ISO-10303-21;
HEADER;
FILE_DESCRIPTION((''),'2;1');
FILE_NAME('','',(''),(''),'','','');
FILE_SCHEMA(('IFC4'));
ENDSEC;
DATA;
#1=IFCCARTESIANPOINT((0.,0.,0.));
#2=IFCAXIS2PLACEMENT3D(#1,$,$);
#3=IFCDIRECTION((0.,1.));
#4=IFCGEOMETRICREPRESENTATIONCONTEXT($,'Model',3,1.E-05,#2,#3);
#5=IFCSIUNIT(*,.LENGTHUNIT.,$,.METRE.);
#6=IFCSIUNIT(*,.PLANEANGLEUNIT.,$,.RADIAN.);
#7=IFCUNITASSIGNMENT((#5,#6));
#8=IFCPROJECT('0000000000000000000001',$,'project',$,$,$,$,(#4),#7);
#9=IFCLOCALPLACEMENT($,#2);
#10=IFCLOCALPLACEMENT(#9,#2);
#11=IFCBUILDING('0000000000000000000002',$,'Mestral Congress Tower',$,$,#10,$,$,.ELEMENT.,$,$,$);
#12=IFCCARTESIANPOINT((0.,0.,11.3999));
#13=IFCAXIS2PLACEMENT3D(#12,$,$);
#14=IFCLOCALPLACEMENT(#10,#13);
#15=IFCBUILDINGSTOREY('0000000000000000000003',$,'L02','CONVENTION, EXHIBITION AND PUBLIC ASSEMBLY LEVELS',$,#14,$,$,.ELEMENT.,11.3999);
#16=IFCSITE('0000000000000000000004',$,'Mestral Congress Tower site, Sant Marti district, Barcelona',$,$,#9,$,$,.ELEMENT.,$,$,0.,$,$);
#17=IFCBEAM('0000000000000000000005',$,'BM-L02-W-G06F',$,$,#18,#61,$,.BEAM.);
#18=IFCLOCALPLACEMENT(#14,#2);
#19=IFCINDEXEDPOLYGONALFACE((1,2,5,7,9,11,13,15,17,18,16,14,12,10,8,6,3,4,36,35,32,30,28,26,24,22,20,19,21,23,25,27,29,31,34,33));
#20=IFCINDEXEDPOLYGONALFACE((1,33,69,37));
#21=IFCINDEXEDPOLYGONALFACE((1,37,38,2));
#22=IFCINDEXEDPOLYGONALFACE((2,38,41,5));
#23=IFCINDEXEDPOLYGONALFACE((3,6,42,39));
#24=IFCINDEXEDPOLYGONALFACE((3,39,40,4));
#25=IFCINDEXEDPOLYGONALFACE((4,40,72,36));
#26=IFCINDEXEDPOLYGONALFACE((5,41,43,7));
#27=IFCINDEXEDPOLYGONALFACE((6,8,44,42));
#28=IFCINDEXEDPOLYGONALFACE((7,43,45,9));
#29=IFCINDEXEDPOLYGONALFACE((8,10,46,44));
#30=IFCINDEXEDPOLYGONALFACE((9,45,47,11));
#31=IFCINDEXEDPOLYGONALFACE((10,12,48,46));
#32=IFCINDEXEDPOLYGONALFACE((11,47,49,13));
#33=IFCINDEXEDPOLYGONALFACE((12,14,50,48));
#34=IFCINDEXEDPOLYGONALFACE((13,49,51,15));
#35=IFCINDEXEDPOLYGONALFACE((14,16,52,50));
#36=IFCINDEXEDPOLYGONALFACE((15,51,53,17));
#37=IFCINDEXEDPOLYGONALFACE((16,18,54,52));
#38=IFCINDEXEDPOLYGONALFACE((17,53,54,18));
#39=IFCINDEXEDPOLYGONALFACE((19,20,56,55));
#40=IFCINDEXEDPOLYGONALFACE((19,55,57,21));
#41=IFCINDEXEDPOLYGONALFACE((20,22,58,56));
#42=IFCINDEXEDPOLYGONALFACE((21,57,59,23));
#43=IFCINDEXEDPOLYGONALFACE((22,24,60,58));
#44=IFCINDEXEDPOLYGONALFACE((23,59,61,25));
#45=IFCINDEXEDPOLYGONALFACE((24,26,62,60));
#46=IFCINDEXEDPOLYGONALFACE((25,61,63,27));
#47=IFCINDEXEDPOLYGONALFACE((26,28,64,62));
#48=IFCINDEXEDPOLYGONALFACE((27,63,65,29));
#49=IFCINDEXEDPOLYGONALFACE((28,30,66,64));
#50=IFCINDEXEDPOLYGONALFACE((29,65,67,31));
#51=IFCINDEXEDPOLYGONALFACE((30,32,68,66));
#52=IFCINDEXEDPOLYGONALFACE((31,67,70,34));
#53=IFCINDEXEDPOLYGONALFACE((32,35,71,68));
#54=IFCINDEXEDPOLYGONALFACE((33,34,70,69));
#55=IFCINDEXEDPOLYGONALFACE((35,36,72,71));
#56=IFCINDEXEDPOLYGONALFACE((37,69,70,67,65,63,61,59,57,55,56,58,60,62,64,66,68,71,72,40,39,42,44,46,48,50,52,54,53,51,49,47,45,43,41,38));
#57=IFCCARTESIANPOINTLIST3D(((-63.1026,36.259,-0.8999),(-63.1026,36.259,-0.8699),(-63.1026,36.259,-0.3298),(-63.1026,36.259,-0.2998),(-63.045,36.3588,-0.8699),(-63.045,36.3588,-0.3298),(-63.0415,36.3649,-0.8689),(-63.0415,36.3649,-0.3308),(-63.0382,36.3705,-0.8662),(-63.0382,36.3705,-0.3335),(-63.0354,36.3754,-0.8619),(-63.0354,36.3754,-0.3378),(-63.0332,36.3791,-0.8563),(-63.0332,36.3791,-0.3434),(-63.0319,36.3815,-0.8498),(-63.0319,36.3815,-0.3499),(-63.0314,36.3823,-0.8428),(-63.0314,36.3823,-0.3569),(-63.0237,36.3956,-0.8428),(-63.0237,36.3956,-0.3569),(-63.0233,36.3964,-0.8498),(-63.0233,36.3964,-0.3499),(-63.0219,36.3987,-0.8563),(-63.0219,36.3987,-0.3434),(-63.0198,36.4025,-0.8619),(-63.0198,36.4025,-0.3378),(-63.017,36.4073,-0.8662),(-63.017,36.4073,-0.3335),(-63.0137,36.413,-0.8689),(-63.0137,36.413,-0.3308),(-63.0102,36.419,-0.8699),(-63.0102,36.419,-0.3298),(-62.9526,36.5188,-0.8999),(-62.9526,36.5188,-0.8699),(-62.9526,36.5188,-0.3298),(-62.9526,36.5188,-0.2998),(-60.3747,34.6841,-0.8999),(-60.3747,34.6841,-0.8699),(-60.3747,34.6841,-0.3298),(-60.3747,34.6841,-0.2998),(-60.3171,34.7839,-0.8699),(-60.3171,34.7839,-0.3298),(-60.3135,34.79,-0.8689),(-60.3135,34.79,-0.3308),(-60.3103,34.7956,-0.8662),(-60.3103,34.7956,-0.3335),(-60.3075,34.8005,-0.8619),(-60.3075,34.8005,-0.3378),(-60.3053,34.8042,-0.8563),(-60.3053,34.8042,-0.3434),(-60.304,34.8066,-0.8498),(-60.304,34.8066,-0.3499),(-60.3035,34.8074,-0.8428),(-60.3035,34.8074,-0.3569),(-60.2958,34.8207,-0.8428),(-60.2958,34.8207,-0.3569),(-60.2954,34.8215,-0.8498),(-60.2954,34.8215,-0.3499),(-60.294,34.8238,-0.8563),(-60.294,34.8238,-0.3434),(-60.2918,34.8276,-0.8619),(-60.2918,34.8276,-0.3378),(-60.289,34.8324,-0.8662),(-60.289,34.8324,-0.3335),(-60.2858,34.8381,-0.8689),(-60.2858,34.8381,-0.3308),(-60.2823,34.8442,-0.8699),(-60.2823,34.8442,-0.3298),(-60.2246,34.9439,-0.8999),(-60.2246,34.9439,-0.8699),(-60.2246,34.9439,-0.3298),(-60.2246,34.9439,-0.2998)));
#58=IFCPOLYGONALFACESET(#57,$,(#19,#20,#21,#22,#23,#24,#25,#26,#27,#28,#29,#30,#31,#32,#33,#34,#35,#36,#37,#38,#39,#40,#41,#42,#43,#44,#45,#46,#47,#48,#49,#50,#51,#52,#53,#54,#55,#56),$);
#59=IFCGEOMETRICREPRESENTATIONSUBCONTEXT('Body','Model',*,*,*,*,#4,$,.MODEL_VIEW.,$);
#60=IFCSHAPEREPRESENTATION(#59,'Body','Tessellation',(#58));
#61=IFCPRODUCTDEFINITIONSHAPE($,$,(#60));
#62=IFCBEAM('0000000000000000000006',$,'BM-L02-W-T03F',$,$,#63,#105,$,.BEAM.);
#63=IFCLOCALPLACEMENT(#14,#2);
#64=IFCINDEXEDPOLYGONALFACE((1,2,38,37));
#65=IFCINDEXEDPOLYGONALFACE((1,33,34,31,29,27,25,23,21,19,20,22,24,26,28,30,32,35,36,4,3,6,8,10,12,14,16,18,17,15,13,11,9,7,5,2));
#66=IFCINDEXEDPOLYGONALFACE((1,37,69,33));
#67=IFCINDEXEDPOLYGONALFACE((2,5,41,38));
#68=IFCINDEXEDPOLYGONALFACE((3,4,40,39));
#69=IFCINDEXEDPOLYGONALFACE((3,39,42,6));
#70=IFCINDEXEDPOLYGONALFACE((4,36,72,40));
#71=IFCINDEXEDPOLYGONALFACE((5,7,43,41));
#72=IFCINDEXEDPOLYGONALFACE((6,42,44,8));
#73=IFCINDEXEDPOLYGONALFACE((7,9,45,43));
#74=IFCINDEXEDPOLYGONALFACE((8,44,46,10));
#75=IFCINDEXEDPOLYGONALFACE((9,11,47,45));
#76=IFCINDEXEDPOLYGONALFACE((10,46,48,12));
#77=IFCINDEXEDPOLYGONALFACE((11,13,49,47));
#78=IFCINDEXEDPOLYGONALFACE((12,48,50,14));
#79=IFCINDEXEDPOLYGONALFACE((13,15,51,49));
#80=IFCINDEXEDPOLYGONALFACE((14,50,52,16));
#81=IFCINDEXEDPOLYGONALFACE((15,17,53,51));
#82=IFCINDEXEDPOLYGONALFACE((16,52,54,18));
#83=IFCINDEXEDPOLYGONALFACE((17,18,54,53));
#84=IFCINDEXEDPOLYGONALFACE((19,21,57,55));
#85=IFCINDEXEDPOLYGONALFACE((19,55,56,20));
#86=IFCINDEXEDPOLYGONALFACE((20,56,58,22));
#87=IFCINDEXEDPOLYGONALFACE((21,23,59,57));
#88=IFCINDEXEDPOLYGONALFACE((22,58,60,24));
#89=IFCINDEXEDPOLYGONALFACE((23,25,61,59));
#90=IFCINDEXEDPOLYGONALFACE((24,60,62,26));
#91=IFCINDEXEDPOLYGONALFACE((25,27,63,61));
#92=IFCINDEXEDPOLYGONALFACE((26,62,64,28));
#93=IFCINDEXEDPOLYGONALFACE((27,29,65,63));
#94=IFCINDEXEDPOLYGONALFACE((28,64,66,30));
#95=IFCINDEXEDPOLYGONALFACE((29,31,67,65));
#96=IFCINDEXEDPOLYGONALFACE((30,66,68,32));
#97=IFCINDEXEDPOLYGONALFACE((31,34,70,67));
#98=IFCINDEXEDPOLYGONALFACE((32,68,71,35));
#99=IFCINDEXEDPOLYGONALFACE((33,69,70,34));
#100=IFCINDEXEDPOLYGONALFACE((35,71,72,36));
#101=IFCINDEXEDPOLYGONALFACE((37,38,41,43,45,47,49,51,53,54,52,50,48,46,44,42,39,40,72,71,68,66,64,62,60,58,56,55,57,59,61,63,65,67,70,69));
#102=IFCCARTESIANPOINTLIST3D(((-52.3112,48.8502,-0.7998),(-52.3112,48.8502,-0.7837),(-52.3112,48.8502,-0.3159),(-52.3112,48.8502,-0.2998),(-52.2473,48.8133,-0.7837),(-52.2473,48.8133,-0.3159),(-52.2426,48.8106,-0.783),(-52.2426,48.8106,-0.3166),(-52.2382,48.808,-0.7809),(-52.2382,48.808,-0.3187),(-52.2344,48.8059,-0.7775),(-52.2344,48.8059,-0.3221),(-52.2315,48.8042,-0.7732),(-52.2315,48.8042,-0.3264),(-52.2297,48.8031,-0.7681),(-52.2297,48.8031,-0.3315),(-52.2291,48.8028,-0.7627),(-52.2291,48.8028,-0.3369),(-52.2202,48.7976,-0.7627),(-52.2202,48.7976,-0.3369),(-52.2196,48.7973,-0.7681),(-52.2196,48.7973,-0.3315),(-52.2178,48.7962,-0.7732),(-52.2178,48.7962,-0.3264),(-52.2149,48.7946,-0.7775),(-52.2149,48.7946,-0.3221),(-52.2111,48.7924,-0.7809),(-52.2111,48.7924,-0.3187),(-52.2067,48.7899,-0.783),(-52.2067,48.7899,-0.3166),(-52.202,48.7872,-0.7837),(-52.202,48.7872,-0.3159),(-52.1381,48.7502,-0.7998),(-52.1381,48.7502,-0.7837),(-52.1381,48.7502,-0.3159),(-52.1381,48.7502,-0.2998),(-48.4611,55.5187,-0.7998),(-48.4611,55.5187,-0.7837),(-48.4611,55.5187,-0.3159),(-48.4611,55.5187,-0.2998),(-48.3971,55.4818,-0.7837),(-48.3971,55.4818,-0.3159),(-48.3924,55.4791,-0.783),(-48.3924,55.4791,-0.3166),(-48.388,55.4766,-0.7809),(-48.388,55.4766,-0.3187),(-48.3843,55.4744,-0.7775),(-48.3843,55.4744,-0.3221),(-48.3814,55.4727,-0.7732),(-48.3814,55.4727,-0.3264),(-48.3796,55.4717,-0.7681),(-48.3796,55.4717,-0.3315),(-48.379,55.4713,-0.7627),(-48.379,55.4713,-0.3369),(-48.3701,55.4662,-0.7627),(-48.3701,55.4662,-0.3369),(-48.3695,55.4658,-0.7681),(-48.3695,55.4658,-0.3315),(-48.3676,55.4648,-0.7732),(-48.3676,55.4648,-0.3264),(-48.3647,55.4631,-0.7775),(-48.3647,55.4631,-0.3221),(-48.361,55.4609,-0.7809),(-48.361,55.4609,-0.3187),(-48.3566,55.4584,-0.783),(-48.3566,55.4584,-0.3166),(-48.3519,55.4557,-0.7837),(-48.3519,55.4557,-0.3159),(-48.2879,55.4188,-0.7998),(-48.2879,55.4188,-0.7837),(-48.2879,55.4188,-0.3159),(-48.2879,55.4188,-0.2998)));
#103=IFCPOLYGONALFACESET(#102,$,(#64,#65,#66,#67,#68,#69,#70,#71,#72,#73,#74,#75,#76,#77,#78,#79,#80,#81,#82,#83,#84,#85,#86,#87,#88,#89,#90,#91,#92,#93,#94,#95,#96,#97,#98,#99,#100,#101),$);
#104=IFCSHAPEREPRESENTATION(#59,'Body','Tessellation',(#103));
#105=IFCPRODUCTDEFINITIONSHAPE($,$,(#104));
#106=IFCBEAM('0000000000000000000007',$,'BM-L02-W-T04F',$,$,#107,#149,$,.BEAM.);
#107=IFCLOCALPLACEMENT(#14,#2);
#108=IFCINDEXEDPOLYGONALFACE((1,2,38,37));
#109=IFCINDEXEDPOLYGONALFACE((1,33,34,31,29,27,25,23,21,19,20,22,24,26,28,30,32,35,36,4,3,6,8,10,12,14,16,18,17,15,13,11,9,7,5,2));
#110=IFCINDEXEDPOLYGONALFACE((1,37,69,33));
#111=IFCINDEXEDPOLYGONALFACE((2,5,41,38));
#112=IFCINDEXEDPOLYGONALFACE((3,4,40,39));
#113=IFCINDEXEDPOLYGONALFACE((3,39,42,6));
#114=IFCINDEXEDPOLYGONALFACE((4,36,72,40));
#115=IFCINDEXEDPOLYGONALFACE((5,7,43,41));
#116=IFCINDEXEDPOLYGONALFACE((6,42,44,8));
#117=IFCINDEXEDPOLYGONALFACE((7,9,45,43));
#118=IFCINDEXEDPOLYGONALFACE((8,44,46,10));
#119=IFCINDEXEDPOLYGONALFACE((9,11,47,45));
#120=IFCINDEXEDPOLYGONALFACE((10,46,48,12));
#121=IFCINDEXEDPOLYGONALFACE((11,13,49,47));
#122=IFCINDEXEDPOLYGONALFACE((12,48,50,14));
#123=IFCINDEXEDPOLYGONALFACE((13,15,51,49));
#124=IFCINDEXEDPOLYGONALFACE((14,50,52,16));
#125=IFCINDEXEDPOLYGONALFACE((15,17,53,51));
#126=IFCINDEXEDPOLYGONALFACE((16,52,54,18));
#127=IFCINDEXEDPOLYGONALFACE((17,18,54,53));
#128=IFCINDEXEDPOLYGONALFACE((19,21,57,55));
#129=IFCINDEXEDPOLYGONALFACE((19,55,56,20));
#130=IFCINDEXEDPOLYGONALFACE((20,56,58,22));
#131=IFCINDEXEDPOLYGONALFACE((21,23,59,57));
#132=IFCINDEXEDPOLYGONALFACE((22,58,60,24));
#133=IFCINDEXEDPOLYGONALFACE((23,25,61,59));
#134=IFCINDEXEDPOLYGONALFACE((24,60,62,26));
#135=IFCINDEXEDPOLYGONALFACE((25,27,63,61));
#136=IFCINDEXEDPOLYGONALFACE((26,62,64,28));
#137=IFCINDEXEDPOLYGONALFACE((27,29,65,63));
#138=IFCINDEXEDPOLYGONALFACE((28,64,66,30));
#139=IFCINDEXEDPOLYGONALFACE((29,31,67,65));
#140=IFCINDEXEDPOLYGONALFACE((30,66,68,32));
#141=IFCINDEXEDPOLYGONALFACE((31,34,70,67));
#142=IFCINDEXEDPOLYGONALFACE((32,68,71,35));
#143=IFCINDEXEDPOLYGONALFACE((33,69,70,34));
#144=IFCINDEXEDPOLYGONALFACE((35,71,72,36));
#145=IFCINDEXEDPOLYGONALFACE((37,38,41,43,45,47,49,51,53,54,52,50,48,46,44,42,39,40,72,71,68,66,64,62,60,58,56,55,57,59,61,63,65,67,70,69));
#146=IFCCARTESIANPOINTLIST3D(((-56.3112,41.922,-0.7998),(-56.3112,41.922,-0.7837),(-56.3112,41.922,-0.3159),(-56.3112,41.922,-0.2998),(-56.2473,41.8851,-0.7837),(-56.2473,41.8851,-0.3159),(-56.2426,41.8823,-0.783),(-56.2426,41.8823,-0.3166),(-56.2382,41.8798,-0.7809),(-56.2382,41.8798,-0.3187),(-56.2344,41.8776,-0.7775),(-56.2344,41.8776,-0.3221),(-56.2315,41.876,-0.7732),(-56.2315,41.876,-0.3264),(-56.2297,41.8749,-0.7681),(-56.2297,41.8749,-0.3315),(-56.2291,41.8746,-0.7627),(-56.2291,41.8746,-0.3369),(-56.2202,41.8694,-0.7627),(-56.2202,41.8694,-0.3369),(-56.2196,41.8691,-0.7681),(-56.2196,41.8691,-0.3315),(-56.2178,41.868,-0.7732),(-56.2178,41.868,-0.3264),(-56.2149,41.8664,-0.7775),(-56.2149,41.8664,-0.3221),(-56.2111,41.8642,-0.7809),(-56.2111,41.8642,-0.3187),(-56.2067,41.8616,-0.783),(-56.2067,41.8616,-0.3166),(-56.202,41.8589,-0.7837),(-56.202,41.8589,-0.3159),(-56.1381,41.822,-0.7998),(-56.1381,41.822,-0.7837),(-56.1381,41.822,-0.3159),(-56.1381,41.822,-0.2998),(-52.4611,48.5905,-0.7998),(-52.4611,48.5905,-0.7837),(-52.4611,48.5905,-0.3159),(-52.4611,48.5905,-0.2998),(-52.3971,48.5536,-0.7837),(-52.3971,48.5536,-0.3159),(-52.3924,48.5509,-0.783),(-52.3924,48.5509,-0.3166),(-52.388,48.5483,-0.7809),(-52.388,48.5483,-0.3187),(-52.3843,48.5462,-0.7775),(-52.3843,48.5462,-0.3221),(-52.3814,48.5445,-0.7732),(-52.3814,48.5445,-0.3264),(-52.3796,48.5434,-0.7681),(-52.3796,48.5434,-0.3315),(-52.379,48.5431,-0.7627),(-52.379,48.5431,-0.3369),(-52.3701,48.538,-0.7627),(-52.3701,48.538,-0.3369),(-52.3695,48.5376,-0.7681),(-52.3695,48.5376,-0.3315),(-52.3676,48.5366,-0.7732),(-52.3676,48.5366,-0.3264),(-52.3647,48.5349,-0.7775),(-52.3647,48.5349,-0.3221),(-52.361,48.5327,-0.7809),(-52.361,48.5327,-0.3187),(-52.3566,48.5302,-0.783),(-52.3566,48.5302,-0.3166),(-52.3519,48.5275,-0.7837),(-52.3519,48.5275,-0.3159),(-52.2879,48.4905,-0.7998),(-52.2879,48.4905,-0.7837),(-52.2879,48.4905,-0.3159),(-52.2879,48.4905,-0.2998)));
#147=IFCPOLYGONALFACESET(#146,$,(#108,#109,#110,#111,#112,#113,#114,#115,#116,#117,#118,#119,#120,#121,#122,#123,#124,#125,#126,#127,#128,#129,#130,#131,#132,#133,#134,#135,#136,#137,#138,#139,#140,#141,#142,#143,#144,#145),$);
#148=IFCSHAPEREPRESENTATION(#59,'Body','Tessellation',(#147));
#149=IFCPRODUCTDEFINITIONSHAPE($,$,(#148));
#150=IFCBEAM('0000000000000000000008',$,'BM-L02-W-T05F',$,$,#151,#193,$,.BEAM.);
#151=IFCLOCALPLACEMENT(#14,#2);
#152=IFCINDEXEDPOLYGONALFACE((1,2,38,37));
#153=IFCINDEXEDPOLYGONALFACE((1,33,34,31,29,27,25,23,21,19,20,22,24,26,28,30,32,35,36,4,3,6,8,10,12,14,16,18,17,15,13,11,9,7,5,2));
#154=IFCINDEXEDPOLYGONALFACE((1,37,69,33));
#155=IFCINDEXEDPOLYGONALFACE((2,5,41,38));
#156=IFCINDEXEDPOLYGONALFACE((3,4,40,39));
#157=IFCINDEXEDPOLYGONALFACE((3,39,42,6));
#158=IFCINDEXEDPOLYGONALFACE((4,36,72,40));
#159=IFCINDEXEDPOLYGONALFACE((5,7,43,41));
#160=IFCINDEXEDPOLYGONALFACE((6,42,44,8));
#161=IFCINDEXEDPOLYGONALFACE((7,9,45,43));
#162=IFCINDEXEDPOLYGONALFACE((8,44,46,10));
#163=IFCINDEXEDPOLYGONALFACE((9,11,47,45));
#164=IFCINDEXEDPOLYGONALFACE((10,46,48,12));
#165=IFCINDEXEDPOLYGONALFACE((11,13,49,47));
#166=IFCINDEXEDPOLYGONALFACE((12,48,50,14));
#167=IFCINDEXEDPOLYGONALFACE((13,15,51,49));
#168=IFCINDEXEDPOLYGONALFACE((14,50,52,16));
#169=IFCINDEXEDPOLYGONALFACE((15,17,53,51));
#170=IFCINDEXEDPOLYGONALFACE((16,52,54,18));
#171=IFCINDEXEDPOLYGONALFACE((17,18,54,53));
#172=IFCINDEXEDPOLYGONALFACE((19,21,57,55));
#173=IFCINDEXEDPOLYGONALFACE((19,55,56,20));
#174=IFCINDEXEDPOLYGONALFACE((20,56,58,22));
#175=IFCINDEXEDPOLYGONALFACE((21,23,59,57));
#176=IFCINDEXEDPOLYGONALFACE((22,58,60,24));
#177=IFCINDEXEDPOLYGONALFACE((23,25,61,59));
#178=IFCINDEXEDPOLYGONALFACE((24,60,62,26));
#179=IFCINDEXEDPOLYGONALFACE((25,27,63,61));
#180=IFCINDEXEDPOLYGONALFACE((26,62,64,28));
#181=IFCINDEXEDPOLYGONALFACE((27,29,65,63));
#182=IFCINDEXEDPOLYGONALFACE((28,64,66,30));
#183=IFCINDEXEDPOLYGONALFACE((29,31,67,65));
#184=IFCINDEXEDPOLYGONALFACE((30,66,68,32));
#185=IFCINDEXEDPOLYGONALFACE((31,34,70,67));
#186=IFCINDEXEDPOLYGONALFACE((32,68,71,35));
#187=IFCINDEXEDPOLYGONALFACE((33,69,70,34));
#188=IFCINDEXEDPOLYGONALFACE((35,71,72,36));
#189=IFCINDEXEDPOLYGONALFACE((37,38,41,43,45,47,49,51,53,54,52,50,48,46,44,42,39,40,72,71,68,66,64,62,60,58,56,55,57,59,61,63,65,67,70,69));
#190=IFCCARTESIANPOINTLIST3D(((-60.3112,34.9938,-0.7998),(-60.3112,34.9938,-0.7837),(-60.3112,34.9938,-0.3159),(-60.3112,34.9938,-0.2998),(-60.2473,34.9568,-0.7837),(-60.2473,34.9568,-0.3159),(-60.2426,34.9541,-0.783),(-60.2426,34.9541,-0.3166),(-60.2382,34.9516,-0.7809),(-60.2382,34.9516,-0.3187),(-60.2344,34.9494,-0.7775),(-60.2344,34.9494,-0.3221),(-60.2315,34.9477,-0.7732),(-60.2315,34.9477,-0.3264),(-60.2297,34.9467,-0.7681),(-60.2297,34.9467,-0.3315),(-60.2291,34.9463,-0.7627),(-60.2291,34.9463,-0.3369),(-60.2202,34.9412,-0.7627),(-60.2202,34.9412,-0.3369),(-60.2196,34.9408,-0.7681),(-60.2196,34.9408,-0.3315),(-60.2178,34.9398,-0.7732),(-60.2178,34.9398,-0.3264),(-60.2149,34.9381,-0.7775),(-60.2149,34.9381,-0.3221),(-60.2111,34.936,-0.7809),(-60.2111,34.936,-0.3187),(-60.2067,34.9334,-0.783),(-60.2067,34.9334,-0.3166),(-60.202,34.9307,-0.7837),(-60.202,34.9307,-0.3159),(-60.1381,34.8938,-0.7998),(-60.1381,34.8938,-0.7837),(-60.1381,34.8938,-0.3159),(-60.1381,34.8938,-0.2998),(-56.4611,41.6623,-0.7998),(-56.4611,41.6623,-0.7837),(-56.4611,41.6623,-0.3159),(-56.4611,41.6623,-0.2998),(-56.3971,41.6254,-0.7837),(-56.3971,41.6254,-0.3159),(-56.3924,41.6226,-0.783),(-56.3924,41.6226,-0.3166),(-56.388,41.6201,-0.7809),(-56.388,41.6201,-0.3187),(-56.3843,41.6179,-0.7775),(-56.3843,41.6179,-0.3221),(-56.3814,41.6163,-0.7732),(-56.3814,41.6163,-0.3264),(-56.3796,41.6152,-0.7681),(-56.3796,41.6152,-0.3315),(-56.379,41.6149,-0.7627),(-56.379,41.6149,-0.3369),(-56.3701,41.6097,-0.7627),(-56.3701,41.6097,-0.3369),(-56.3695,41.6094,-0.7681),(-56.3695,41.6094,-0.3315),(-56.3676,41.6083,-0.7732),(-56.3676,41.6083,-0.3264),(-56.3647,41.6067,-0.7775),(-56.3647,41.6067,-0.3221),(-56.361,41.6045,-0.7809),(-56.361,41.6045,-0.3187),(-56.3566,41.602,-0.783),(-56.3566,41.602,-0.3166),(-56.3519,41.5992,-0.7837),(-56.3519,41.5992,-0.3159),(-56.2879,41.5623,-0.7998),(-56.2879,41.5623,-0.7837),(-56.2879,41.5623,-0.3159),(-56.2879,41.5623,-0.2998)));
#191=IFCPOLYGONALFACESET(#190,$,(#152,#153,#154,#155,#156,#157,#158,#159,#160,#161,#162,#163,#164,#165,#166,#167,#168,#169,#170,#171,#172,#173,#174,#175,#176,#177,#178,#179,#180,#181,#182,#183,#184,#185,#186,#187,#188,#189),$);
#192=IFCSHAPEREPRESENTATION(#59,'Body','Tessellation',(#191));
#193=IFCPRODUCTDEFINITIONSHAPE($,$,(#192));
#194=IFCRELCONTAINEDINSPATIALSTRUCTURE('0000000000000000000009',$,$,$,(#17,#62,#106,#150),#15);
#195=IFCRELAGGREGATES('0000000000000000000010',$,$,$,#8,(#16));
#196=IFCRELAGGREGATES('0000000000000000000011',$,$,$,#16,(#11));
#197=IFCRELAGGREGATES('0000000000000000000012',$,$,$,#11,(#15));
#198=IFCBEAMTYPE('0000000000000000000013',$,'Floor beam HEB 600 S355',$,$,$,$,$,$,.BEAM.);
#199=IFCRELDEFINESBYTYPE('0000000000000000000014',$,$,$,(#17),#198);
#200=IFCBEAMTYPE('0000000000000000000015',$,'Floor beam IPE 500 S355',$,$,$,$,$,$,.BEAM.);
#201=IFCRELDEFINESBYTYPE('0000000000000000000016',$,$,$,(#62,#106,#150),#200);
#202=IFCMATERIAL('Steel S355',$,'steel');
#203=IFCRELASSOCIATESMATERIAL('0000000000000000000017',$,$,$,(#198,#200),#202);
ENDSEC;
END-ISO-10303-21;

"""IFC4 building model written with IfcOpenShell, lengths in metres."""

from ifc_helpers import new_model, si_unit, direction, frame, origin, origin_2d, place, context, subcontext, project, spatial, i_section, extrude, material, material_profile, profile_set, type_object, element, save


model = new_model("IFC4")

# Units and contexts
model_context = context("Model", 3, precision=1e-05, world=origin(), true_north=direction((0.0, 1.0)))
body_context = subcontext(model_context, "Body", "Model", "MODEL_VIEW")
ifc_project = project(units=[si_unit("LENGTHUNIT", "METRE"), si_unit("PLANEANGLEUNIT", "RADIAN")], contexts=[model_context])

# Site, building, storey
site_placement = place(None, origin())
site = spatial("IfcSite", under=ifc_project, at=site_placement, Name="Mestral Congress Tower site, Sant Marti district, Barcelona", CompositionType="ELEMENT", RefElevation=0.0)
building_placement = place(site_placement, origin())
building = spatial("IfcBuilding", under=site, at=building_placement, Name="Mestral Congress Tower", CompositionType="ELEMENT")
storey_placement = place(building_placement, frame((0.0, 0.0, 11.3999)))
storey = spatial("IfcBuildingStorey", under=building, at=storey_placement, Name="L02", Description="CONVENTION, EXHIBITION AND PUBLIC ASSEMBLY LEVELS", CompositionType="ELEMENT", Elevation=11.3999)

# Beams
ifc_material_1 = material(Name="Steel S355", Category="steel")
ifc_material_profile_1 = material_profile(ifc_material_1, i_section(OverallWidth=0.3, OverallDepth=0.6001, WebThickness=0.0154, FlangeThickness=0.03, FilletRadius=0.0271, at=origin_2d()), Name="HEB 600")
ifc_profile_set_1 = profile_set([ifc_material_profile_1], Name="Steel S355")
beam_type_1 = type_object("IfcBeamType", Name="Floor beam HEB 600 S355", PredefinedType="BEAM", material=ifc_profile_set_1)
for number, where, z_axis, x_axis, name in (
    (1, (-63.0276, 36.3889, -0.5999), (0.866036, -0.499982, 0.0), (0.499982, 0.866036, 0.0), "BM-L02-W-G06F"),
):
    element("IfcBeam", number, at=place(storey_placement, frame(where, z_axis=z_axis, x_axis=x_axis)), inside=storey, type_object=beam_type_1, Name=name, PredefinedType="BEAM", context=body_context, shape_type="SweptSolid", body=[
        extrude(i_section(OverallWidth=0.3, OverallDepth=0.6001, WebThickness=0.0154, FlangeThickness=0.03, FilletRadius=0.0271, at=origin_2d()), origin(), (0.0, 0.0, 1.0), 3.1499),
    ])
ifc_material_profile_2 = material_profile(ifc_material_1, i_section(OverallWidth=0.2, OverallDepth=0.5, WebThickness=0.0103, FlangeThickness=0.0161, FilletRadius=0.021, at=origin_2d()), Name="IPE 500")
ifc_profile_set_2 = profile_set([ifc_material_profile_2], Name="Steel S355")
beam_type_2 = type_object("IfcBeamType", Name="Floor beam IPE 500 S355", PredefinedType="BEAM", material=ifc_profile_set_2)
for number, where, z_axis, x_axis, name in (
    (2, (-48.3745, 55.4688, -0.5498), (-0.500006, -0.866022, 0.0), (0.866022, -0.500006, 0.0), "BM-L02-W-T03F"),
    (3, (-52.3745, 48.5405, -0.5498), (-0.500006, -0.866022, 0.0), (0.866022, -0.500006, 0.0), "BM-L02-W-T04F"),
    (4, (-56.3745, 41.6123, -0.5498), (-0.500006, -0.866022, 0.0), (0.866022, -0.500006, 0.0), "BM-L02-W-T05F"),
):
    element("IfcBeam", number, at=place(storey_placement, frame(where, z_axis=z_axis, x_axis=x_axis)), inside=storey, type_object=beam_type_2, Name=name, PredefinedType="BEAM", context=body_context, shape_type="SweptSolid", body=[
        extrude(i_section(OverallWidth=0.2, OverallDepth=0.5, WebThickness=0.0103, FlangeThickness=0.0161, FilletRadius=0.021, at=origin_2d()), origin(), (0.0, 0.0, 1.0), 7.7002),
    ])

save(model, "model.ifc")
